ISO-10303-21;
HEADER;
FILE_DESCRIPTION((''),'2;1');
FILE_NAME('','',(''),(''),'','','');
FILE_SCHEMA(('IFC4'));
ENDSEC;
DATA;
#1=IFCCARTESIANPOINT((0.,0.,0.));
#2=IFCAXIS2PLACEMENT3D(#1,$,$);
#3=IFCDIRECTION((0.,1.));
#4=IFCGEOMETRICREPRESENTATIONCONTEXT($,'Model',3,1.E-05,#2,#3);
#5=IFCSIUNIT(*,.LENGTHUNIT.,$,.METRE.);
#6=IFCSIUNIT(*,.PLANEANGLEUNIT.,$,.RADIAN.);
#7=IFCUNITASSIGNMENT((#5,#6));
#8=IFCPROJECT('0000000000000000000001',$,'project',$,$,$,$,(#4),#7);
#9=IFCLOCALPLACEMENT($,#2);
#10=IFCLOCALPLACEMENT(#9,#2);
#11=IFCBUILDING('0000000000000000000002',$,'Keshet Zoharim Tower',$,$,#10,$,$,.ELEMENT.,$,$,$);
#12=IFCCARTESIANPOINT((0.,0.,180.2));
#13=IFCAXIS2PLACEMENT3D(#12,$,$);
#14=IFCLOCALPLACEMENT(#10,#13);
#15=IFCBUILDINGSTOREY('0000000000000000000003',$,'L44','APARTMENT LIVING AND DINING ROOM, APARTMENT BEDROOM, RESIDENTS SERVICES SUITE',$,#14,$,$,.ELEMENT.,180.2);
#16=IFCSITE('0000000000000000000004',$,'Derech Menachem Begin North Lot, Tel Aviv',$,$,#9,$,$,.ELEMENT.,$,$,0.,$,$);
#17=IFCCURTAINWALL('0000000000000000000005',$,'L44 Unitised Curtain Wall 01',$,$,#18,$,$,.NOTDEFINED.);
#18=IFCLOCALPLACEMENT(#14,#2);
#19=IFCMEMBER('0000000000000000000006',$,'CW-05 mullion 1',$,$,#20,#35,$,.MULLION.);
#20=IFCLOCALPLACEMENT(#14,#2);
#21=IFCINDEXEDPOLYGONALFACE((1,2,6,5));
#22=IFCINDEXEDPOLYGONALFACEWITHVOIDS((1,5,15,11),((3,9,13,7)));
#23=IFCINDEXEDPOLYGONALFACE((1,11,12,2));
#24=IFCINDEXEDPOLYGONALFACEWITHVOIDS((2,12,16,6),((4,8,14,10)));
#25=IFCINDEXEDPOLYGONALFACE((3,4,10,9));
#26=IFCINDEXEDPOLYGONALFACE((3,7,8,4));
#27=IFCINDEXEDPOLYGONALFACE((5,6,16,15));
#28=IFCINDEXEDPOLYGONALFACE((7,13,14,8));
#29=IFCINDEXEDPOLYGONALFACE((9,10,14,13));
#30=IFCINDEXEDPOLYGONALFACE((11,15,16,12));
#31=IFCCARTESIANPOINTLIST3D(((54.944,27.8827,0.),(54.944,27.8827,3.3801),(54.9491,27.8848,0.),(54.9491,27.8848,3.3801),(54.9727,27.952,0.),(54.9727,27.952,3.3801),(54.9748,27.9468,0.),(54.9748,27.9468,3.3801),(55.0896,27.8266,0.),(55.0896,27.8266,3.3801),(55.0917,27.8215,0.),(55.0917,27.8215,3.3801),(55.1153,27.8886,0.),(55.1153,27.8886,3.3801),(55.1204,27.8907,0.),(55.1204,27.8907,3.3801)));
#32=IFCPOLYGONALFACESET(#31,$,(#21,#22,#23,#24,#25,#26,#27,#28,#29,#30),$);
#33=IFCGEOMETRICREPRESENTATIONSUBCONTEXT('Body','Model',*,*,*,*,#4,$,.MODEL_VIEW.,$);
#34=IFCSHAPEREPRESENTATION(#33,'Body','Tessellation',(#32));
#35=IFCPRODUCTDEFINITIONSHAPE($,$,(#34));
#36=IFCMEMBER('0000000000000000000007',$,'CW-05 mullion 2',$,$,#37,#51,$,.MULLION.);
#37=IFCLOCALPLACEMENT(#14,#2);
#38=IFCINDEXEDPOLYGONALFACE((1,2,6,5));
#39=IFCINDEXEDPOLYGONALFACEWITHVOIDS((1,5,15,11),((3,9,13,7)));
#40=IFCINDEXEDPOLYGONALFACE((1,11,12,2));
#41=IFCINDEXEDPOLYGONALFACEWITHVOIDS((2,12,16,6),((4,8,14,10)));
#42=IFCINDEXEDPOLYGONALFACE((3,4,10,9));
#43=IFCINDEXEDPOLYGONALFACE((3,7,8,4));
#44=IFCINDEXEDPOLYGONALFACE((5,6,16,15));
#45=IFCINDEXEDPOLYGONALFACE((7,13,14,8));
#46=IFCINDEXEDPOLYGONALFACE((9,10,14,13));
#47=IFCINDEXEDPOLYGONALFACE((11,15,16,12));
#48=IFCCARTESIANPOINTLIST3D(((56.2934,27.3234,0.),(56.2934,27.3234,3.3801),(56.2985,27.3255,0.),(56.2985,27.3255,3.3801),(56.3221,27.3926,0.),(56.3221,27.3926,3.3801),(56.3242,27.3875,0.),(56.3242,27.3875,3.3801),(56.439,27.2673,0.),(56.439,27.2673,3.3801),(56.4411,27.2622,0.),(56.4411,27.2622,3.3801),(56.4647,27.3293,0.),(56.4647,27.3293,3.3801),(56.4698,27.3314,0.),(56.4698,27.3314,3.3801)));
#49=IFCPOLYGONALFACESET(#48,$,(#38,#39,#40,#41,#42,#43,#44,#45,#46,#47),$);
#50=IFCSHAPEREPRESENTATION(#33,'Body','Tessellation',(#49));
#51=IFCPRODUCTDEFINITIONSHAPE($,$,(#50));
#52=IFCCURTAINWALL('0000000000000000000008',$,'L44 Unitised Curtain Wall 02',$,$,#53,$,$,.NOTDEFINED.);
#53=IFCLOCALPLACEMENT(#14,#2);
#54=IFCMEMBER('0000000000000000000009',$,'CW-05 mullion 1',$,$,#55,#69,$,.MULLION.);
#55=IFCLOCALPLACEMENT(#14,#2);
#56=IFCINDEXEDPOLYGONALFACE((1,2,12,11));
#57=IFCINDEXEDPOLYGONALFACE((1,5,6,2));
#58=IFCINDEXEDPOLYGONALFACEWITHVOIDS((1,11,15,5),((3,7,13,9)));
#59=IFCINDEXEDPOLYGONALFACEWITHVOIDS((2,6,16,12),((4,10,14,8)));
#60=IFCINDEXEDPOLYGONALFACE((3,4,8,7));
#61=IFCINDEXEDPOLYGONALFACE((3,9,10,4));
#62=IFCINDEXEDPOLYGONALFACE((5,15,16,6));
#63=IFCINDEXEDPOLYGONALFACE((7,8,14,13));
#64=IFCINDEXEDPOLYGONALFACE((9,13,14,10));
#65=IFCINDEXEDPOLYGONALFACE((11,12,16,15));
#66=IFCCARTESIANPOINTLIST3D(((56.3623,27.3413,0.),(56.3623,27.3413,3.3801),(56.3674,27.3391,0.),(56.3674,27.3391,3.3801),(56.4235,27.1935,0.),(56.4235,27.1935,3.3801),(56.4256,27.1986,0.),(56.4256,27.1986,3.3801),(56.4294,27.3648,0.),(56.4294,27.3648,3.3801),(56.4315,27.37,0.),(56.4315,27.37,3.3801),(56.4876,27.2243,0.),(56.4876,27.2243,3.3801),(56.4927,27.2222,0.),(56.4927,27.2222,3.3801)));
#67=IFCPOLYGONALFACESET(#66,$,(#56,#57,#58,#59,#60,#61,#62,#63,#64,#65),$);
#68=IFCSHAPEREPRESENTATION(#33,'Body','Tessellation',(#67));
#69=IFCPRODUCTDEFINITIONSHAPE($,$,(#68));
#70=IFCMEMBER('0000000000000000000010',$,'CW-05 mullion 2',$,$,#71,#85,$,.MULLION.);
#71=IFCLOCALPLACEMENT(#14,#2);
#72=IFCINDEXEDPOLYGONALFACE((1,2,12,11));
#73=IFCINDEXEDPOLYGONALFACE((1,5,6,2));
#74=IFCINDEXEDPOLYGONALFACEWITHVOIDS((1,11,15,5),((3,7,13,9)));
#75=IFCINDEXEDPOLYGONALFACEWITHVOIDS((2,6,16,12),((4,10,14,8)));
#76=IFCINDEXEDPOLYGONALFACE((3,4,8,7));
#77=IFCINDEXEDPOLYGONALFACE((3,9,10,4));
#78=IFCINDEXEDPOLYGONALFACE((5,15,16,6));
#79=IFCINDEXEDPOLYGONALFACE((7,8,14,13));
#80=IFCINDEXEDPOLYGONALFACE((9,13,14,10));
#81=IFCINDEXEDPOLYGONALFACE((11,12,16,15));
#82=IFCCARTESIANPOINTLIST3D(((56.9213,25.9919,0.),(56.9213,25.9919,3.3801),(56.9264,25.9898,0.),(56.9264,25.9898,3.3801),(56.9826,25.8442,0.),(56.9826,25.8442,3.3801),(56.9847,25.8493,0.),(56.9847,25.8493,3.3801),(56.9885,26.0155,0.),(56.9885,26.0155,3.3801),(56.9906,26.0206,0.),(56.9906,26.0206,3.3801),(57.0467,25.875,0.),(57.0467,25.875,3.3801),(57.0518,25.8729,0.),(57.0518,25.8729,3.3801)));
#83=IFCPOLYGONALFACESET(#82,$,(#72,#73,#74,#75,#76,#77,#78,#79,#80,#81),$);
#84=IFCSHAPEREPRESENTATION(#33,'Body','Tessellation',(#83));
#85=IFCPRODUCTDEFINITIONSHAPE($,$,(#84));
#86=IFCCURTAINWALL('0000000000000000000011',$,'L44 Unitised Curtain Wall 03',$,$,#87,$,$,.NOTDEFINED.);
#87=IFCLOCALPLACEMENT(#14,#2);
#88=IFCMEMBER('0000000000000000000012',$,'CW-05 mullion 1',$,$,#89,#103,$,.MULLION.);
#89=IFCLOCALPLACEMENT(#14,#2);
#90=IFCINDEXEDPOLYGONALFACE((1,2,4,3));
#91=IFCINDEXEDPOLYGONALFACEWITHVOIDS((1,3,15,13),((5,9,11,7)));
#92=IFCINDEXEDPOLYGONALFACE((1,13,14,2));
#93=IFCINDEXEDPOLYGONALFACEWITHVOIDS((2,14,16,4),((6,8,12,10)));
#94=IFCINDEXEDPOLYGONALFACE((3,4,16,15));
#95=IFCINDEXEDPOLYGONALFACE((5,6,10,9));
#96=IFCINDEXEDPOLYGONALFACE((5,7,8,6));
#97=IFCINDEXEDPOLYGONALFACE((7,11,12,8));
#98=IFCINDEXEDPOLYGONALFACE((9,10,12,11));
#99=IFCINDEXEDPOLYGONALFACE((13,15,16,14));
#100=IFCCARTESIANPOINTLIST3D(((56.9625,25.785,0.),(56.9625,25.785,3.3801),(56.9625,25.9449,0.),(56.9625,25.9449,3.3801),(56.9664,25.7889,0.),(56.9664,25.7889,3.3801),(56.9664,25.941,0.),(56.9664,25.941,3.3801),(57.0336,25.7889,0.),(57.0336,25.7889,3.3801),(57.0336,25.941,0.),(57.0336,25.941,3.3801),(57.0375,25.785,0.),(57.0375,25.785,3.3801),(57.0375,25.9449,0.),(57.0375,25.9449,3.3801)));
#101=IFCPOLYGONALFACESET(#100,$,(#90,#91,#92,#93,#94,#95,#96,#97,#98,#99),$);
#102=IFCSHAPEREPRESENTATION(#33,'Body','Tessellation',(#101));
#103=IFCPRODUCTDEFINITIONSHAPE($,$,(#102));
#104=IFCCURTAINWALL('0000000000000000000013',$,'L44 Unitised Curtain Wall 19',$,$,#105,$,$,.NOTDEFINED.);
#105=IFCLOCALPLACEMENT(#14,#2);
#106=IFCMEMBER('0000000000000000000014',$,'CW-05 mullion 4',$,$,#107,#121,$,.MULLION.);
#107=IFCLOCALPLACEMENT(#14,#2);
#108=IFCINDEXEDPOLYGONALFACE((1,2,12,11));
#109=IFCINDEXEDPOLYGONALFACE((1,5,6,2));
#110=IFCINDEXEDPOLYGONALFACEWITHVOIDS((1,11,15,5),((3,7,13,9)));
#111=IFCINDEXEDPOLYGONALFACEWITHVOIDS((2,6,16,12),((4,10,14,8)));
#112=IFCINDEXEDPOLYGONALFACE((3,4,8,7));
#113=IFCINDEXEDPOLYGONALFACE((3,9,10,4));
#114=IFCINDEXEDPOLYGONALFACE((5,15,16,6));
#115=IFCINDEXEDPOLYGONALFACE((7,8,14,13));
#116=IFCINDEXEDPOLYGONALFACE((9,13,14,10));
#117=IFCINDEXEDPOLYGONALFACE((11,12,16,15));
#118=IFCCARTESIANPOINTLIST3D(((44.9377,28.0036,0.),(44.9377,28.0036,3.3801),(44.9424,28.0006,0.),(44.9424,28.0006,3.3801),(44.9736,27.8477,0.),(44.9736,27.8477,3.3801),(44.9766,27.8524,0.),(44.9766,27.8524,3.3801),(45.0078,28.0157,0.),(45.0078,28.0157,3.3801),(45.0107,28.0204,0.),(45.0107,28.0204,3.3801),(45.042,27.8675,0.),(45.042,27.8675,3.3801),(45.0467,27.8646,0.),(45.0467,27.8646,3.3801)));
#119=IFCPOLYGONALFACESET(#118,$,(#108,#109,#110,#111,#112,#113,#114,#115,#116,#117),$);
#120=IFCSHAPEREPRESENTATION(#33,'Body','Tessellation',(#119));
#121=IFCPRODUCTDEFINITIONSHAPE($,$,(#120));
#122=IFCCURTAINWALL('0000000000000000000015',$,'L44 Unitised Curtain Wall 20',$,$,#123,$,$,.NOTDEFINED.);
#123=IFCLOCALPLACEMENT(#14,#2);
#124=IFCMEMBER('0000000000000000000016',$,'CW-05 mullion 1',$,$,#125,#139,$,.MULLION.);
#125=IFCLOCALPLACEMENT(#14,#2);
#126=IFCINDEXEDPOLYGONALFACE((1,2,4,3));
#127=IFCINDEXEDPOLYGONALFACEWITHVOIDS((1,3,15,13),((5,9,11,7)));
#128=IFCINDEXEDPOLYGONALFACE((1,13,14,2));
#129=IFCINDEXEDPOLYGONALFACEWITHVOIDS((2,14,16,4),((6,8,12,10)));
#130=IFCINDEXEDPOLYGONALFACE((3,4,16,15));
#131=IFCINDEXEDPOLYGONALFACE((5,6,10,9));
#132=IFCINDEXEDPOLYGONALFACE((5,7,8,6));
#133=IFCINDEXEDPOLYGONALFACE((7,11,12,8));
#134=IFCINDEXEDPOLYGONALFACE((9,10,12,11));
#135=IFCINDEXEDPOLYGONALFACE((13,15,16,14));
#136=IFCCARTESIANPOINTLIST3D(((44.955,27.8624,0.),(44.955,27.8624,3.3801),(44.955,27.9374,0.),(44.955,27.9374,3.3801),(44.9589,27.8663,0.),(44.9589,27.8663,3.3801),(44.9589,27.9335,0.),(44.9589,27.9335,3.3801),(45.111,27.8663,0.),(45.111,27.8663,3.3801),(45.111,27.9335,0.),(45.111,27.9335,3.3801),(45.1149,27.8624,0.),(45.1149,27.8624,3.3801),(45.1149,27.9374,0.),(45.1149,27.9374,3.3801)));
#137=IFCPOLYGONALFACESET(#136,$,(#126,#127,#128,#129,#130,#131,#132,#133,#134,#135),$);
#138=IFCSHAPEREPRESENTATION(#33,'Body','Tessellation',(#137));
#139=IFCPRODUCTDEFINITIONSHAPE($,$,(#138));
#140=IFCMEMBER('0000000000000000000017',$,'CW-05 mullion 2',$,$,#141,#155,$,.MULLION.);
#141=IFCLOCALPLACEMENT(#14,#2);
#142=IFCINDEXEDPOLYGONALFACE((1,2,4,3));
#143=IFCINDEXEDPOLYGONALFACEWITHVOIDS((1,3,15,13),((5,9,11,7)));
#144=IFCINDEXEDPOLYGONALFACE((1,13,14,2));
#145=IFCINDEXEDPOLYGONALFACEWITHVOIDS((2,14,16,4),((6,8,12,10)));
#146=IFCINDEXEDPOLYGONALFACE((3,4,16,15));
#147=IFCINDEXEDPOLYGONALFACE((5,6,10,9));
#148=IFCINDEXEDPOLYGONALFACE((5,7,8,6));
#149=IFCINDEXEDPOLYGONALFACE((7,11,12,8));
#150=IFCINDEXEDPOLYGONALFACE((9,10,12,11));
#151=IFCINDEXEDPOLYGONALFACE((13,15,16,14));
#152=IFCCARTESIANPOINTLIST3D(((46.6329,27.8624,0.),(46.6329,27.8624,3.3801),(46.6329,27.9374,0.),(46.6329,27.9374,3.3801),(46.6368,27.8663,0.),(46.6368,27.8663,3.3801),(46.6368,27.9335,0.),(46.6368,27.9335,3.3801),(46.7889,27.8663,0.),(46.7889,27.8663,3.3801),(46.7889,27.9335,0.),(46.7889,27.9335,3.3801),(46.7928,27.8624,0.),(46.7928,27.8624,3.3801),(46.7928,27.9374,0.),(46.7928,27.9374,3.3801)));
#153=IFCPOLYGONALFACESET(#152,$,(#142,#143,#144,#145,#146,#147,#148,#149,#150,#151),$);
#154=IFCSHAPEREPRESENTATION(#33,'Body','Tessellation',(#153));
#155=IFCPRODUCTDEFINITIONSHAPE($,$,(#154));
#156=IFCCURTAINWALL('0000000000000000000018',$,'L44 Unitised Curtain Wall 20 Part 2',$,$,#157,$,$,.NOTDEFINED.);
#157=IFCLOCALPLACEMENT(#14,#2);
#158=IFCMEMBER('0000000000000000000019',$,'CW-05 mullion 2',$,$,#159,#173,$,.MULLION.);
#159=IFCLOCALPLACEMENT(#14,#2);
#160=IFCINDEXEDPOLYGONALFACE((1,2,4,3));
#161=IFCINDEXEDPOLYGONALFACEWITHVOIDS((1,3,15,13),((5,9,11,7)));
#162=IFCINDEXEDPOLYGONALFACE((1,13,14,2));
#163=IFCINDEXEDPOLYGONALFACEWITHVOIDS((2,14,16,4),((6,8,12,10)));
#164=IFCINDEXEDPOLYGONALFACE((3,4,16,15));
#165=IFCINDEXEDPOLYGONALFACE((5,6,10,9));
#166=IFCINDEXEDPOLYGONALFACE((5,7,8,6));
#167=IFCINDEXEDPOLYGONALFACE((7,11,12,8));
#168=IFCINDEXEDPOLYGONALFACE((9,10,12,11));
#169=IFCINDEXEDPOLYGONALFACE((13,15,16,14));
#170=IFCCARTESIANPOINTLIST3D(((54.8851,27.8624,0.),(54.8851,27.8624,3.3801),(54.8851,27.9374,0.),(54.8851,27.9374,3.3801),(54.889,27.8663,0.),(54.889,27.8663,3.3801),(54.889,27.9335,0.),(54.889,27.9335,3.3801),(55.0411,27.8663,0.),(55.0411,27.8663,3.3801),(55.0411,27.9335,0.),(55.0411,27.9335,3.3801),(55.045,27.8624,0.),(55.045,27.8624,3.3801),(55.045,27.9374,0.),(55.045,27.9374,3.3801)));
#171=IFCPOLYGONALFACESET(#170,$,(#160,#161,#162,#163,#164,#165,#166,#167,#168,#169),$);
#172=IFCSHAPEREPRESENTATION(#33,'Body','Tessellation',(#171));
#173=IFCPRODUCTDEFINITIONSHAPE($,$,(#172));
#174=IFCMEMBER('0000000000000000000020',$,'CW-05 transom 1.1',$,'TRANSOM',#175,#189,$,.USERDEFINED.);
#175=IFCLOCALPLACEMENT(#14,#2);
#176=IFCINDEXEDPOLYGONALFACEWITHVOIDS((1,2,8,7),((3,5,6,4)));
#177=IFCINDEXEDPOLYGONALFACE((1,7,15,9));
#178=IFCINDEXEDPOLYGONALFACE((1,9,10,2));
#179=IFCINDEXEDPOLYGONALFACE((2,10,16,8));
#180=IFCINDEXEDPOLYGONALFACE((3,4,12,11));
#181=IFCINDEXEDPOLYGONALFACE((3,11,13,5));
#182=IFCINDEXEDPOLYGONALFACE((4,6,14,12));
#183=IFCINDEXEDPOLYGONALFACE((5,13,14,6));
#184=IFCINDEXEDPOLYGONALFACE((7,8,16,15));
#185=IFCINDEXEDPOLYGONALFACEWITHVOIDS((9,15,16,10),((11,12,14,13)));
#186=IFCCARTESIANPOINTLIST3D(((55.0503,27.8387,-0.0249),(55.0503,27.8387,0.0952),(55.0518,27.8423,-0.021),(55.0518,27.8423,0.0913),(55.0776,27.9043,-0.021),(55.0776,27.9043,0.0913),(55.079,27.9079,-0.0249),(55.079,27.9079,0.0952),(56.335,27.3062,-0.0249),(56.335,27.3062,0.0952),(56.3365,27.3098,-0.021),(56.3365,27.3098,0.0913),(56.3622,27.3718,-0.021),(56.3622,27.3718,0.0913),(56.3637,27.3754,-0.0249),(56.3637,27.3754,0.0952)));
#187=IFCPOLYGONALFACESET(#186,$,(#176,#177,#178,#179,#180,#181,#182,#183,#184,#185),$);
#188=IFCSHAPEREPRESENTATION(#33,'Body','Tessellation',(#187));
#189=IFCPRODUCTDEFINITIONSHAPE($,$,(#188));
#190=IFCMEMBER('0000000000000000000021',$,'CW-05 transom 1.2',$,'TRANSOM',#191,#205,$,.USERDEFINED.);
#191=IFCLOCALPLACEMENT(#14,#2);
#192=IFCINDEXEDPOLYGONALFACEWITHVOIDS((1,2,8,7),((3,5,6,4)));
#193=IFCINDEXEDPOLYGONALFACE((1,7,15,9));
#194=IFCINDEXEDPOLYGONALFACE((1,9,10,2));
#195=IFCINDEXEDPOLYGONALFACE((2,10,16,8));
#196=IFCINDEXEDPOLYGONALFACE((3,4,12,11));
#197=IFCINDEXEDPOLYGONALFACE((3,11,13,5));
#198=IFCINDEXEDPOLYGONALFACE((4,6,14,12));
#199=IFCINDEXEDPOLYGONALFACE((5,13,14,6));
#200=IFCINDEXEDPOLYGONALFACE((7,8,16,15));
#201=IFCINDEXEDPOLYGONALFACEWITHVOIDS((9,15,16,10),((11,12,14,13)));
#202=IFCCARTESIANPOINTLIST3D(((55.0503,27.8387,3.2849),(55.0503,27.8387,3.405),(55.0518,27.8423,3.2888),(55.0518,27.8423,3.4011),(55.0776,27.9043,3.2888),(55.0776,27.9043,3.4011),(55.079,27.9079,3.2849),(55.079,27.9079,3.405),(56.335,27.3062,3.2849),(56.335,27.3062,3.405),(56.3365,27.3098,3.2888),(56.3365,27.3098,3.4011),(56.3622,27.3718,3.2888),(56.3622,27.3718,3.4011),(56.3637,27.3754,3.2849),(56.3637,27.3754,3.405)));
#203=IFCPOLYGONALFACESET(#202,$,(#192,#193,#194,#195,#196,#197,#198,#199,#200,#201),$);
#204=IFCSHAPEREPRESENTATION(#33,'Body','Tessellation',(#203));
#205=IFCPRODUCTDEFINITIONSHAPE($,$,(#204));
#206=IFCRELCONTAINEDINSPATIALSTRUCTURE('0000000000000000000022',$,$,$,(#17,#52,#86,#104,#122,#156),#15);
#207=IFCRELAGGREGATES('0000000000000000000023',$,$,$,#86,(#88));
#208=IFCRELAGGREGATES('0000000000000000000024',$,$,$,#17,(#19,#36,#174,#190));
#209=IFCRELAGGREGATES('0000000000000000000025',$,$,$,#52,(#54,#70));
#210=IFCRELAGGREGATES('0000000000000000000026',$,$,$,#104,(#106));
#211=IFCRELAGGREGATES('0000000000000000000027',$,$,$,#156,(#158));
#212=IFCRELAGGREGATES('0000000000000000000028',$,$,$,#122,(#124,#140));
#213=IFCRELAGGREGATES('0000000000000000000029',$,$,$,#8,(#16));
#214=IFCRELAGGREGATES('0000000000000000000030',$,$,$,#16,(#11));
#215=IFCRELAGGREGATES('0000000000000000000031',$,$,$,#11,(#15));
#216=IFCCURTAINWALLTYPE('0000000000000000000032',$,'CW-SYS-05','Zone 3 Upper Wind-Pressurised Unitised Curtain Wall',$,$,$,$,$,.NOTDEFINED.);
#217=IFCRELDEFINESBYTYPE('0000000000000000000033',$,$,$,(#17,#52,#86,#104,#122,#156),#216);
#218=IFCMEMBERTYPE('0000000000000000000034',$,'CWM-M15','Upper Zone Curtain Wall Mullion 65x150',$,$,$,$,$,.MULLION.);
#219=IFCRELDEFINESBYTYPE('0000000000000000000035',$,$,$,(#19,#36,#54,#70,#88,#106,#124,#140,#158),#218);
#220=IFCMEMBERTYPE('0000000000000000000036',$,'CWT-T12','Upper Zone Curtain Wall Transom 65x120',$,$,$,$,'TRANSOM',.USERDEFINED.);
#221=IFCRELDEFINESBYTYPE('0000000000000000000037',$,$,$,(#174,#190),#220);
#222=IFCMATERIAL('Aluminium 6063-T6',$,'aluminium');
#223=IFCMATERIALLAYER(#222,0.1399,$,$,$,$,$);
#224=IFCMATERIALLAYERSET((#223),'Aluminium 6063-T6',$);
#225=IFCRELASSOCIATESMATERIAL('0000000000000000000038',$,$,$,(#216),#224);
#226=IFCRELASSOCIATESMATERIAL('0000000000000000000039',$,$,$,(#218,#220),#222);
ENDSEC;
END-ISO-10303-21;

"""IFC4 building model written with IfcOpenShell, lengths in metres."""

from ifc_helpers import new_model, si_unit, direction, frame, origin, origin_2d, place, context, subcontext, project, spatial, hollow_rectangle, extrude, material, layer, layer_set, material_profile, profile_set, type_object, element, aggregate, save


model = new_model("IFC4")

# Units and contexts
model_context = context("Model", 3, precision=1e-05, world=origin(), true_north=direction((0.0, 1.0)))
body_context = subcontext(model_context, "Body", "Model", "MODEL_VIEW")
ifc_project = project(units=[si_unit("LENGTHUNIT", "METRE"), si_unit("PLANEANGLEUNIT", "RADIAN")], contexts=[model_context])

# Site, building, storey
site_placement = place(None, origin())
site = spatial("IfcSite", under=ifc_project, at=site_placement, Name="Derech Menachem Begin North Lot, Tel Aviv", CompositionType="ELEMENT", RefElevation=0.0)
building_placement = place(site_placement, origin())
building = spatial("IfcBuilding", under=site, at=building_placement, Name="Keshet Zoharim Tower", CompositionType="ELEMENT")
storey_placement = place(building_placement, frame((0.0, 0.0, 180.2)))
storey = spatial("IfcBuildingStorey", under=building, at=storey_placement, Name="L44", Description="APARTMENT LIVING AND DINING ROOM, APARTMENT BEDROOM, RESIDENTS SERVICES SUITE", CompositionType="ELEMENT", Elevation=180.2)

# Curtain walls, members
ifc_material_1 = material(Name="Aluminium 6063-T6", Category="aluminium")
ifc_layer_1 = layer(ifc_material_1, 0.1399)
ifc_layer_set_1 = layer_set([ifc_layer_1], Name="Aluminium 6063-T6")
curtain_wall_type = type_object("IfcCurtainWallType", Name="CW-SYS-05", Description="Zone 3 Upper Wind-Pressurised Unitised Curtain Wall", PredefinedType="NOTDEFINED", material=ifc_layer_set_1)
curtain_wall_1_placement = place(storey_placement, origin())
curtain_wall_1 = element("IfcCurtainWall", 1, at=curtain_wall_1_placement, inside=storey, type_object=curtain_wall_type, Name="L44 Unitised Curtain Wall 01", PredefinedType="NOTDEFINED")
ifc_material_profile_1 = material_profile(ifc_material_1, hollow_rectangle(XDim=0.075, YDim=0.1599, WallThickness=0.0039, at=origin_2d()), Name="MUL-75x160")
ifc_profile_set_1 = profile_set([ifc_material_profile_1], Name="Aluminium 6063-T6")
member_type_1 = type_object("IfcMemberType", Name="CWM-M15", Description="Upper Zone Curtain Wall Mullion 65x150", PredefinedType="MULLION", material=ifc_profile_set_1)
member_1_placement = place(storey_placement, frame((55.0322, 27.8867, 0.0), z_axis=(0.0, 0.0, 1.0), x_axis=(0.382852, 0.92381, 0.0)))
member_1 = element("IfcMember", 2, at=member_1_placement, type_object=member_type_1, Name="CW-05 mullion 1", PredefinedType="MULLION", context=body_context, shape_type="SweptSolid", body=[
    extrude(hollow_rectangle(XDim=0.075, YDim=0.1599, WallThickness=0.0039, at=origin_2d()), origin(), (0.0, 0.0, 1.0), 3.3801),
])
member_2_placement = place(storey_placement, frame((56.3816, 27.3274, 0.0), z_axis=(0.0, 0.0, 1.0), x_axis=(0.382852, 0.92381, 0.0)))
member_2 = element("IfcMember", 3, at=member_2_placement, type_object=member_type_1, Name="CW-05 mullion 2", PredefinedType="MULLION", context=body_context, shape_type="SweptSolid", body=[
    extrude(hollow_rectangle(XDim=0.075, YDim=0.1599, WallThickness=0.0039, at=origin_2d()), origin(), (0.0, 0.0, 1.0), 3.3801),
])
curtain_wall_2_placement = place(storey_placement, origin())
curtain_wall_2 = element("IfcCurtainWall", 4, at=curtain_wall_2_placement, inside=storey, type_object=curtain_wall_type, Name="L44 Unitised Curtain Wall 02", PredefinedType="NOTDEFINED")
member_3_placement = place(storey_placement, frame((56.4275, 27.2817, 0.0), z_axis=(0.0, 0.0, 1.0), x_axis=(0.92381, 0.382852, 0.0)))
member_3 = element("IfcMember", 5, at=member_3_placement, type_object=member_type_1, Name="CW-05 mullion 1", PredefinedType="MULLION", context=body_context, shape_type="SweptSolid", body=[
    extrude(hollow_rectangle(XDim=0.075, YDim=0.1599, WallThickness=0.0039, at=origin_2d()), origin(), (0.0, 0.0, 1.0), 3.3801),
])
member_4_placement = place(storey_placement, frame((56.9866, 25.9324, 0.0), z_axis=(0.0, 0.0, 1.0), x_axis=(0.92381, 0.382852, 0.0)))
member_4 = element("IfcMember", 6, at=member_4_placement, type_object=member_type_1, Name="CW-05 mullion 2", PredefinedType="MULLION", context=body_context, shape_type="SweptSolid", body=[
    extrude(hollow_rectangle(XDim=0.075, YDim=0.1599, WallThickness=0.0039, at=origin_2d()), origin(), (0.0, 0.0, 1.0), 3.3801),
])

# Curtain walls, members
curtain_wall_3_placement = place(storey_placement, origin())
curtain_wall_3 = element("IfcCurtainWall", 7, at=curtain_wall_3_placement, inside=storey, type_object=curtain_wall_type, Name="L44 Unitised Curtain Wall 03", PredefinedType="NOTDEFINED")
member_5_placement = place(storey_placement, frame((57.0, 25.865, 0.0), z_axis=(0.0, 0.0, 1.0), x_axis=(1.0, 0.0, 0.0)))
member_5 = element("IfcMember", 8, at=member_5_placement, type_object=member_type_1, Name="CW-05 mullion 1", PredefinedType="MULLION", context=body_context, shape_type="SweptSolid", body=[
    extrude(hollow_rectangle(XDim=0.075, YDim=0.1599, WallThickness=0.0039, at=origin_2d()), origin(), (0.0, 0.0, 1.0), 3.3801),
])
curtain_wall_4_placement = place(storey_placement, origin())
curtain_wall_4 = element("IfcCurtainWall", 9, at=curtain_wall_4_placement, inside=storey, type_object=curtain_wall_type, Name="L44 Unitised Curtain Wall 19", PredefinedType="NOTDEFINED")
member_6_placement = place(storey_placement, frame((44.9922, 27.9341, 0.0), z_axis=(0.0, 0.0, 1.0), x_axis=(0.974394, 0.224848, 0.0)))
member_6 = element("IfcMember", 10, at=member_6_placement, type_object=member_type_1, Name="CW-05 mullion 4", PredefinedType="MULLION", context=body_context, shape_type="SweptSolid", body=[
    extrude(hollow_rectangle(XDim=0.075, YDim=0.1599, WallThickness=0.0039, at=origin_2d()), origin(), (0.0, 0.0, 1.0), 3.3801),
])

# Curtain wall, members
curtain_wall_5_placement = place(storey_placement, origin())
curtain_wall_5 = element("IfcCurtainWall", 11, at=curtain_wall_5_placement, inside=storey, type_object=curtain_wall_type, Name="L44 Unitised Curtain Wall 20", PredefinedType="NOTDEFINED")
member_7_placement = place(storey_placement, frame((45.0349, 27.8999, 0.0), z_axis=(0.0, 0.0, 1.0), x_axis=(0.0, 1.0, 0.0)))
member_7 = element("IfcMember", 12, at=member_7_placement, type_object=member_type_1, Name="CW-05 mullion 1", PredefinedType="MULLION", context=body_context, shape_type="SweptSolid", body=[
    extrude(hollow_rectangle(XDim=0.075, YDim=0.1599, WallThickness=0.0039, at=origin_2d()), origin(), (0.0, 0.0, 1.0), 3.3801),
])
member_8_placement = place(storey_placement, frame((46.7129, 27.8999, 0.0), z_axis=(0.0, 0.0, 1.0), x_axis=(0.0, 1.0, 0.0)))
member_8 = element("IfcMember", 13, at=member_8_placement, type_object=member_type_1, Name="CW-05 mullion 2", PredefinedType="MULLION", context=body_context, shape_type="SweptSolid", body=[
    extrude(hollow_rectangle(XDim=0.075, YDim=0.1599, WallThickness=0.0039, at=origin_2d()), origin(), (0.0, 0.0, 1.0), 3.3801),
])

# Curtain wall, member
curtain_wall_6_placement = place(storey_placement, origin())
curtain_wall_6 = element("IfcCurtainWall", 14, at=curtain_wall_6_placement, inside=storey, type_object=curtain_wall_type, Name="L44 Unitised Curtain Wall 20 Part 2", PredefinedType="NOTDEFINED")
member_9_placement = place(storey_placement, frame((54.9651, 27.8999, 0.0), z_axis=(0.0, 0.0, 1.0), x_axis=(0.0, 1.0, 0.0)))
member_9 = element("IfcMember", 15, at=member_9_placement, type_object=member_type_1, Name="CW-05 mullion 2", PredefinedType="MULLION", context=body_context, shape_type="SweptSolid", body=[
    extrude(hollow_rectangle(XDim=0.075, YDim=0.1599, WallThickness=0.0039, at=origin_2d()), origin(), (0.0, 0.0, 1.0), 3.3801),
])

# Members
ifc_material_profile_2 = material_profile(ifc_material_1, hollow_rectangle(XDim=0.075, YDim=0.1201, WallThickness=0.0039, at=origin_2d()), Name="TRN-75x120")
ifc_profile_set_2 = profile_set([ifc_material_profile_2], Name="Aluminium 6063-T6")
member_type_2 = type_object("IfcMemberType", Name="CWT-T12", Description="Upper Zone Curtain Wall Transom 65x120", ElementType="TRANSOM", PredefinedType="USERDEFINED", material=ifc_profile_set_2)
member_10_placement = place(storey_placement, frame((55.0647, 27.8733, 0.0352), z_axis=(0.923792, -0.382894, 0.0), x_axis=(0.382894, 0.923792, 0.0)))
member_10 = element("IfcMember", 16, at=member_10_placement, type_object=member_type_2, Name="CW-05 transom 1.1", ObjectType="TRANSOM", PredefinedType="USERDEFINED", context=body_context, shape_type="SweptSolid", body=[
    extrude(hollow_rectangle(XDim=0.075, YDim=0.1201, WallThickness=0.0039, at=origin_2d()), origin(), (0.0, 0.0, 1.0), 1.3906),
])
member_11_placement = place(storey_placement, frame((55.0647, 27.8733, 3.345), z_axis=(0.923792, -0.382894, 0.0), x_axis=(0.382894, 0.923792, 0.0)))
member_11 = element("IfcMember", 17, at=member_11_placement, type_object=member_type_2, Name="CW-05 transom 1.2", ObjectType="TRANSOM", PredefinedType="USERDEFINED", context=body_context, shape_type="SweptSolid", body=[
    extrude(hollow_rectangle(XDim=0.075, YDim=0.1201, WallThickness=0.0039, at=origin_2d()), origin(), (0.0, 0.0, 1.0), 1.3906),
])
aggregate(curtain_wall_3, [member_5])

aggregate(curtain_wall_1, [member_1, member_2, member_10, member_11])
aggregate(curtain_wall_2, [member_3, member_4])
aggregate(curtain_wall_4, [member_6])
aggregate(curtain_wall_6, [member_9])
aggregate(curtain_wall_5, [member_7, member_8])

save(model, "model.ifc")
